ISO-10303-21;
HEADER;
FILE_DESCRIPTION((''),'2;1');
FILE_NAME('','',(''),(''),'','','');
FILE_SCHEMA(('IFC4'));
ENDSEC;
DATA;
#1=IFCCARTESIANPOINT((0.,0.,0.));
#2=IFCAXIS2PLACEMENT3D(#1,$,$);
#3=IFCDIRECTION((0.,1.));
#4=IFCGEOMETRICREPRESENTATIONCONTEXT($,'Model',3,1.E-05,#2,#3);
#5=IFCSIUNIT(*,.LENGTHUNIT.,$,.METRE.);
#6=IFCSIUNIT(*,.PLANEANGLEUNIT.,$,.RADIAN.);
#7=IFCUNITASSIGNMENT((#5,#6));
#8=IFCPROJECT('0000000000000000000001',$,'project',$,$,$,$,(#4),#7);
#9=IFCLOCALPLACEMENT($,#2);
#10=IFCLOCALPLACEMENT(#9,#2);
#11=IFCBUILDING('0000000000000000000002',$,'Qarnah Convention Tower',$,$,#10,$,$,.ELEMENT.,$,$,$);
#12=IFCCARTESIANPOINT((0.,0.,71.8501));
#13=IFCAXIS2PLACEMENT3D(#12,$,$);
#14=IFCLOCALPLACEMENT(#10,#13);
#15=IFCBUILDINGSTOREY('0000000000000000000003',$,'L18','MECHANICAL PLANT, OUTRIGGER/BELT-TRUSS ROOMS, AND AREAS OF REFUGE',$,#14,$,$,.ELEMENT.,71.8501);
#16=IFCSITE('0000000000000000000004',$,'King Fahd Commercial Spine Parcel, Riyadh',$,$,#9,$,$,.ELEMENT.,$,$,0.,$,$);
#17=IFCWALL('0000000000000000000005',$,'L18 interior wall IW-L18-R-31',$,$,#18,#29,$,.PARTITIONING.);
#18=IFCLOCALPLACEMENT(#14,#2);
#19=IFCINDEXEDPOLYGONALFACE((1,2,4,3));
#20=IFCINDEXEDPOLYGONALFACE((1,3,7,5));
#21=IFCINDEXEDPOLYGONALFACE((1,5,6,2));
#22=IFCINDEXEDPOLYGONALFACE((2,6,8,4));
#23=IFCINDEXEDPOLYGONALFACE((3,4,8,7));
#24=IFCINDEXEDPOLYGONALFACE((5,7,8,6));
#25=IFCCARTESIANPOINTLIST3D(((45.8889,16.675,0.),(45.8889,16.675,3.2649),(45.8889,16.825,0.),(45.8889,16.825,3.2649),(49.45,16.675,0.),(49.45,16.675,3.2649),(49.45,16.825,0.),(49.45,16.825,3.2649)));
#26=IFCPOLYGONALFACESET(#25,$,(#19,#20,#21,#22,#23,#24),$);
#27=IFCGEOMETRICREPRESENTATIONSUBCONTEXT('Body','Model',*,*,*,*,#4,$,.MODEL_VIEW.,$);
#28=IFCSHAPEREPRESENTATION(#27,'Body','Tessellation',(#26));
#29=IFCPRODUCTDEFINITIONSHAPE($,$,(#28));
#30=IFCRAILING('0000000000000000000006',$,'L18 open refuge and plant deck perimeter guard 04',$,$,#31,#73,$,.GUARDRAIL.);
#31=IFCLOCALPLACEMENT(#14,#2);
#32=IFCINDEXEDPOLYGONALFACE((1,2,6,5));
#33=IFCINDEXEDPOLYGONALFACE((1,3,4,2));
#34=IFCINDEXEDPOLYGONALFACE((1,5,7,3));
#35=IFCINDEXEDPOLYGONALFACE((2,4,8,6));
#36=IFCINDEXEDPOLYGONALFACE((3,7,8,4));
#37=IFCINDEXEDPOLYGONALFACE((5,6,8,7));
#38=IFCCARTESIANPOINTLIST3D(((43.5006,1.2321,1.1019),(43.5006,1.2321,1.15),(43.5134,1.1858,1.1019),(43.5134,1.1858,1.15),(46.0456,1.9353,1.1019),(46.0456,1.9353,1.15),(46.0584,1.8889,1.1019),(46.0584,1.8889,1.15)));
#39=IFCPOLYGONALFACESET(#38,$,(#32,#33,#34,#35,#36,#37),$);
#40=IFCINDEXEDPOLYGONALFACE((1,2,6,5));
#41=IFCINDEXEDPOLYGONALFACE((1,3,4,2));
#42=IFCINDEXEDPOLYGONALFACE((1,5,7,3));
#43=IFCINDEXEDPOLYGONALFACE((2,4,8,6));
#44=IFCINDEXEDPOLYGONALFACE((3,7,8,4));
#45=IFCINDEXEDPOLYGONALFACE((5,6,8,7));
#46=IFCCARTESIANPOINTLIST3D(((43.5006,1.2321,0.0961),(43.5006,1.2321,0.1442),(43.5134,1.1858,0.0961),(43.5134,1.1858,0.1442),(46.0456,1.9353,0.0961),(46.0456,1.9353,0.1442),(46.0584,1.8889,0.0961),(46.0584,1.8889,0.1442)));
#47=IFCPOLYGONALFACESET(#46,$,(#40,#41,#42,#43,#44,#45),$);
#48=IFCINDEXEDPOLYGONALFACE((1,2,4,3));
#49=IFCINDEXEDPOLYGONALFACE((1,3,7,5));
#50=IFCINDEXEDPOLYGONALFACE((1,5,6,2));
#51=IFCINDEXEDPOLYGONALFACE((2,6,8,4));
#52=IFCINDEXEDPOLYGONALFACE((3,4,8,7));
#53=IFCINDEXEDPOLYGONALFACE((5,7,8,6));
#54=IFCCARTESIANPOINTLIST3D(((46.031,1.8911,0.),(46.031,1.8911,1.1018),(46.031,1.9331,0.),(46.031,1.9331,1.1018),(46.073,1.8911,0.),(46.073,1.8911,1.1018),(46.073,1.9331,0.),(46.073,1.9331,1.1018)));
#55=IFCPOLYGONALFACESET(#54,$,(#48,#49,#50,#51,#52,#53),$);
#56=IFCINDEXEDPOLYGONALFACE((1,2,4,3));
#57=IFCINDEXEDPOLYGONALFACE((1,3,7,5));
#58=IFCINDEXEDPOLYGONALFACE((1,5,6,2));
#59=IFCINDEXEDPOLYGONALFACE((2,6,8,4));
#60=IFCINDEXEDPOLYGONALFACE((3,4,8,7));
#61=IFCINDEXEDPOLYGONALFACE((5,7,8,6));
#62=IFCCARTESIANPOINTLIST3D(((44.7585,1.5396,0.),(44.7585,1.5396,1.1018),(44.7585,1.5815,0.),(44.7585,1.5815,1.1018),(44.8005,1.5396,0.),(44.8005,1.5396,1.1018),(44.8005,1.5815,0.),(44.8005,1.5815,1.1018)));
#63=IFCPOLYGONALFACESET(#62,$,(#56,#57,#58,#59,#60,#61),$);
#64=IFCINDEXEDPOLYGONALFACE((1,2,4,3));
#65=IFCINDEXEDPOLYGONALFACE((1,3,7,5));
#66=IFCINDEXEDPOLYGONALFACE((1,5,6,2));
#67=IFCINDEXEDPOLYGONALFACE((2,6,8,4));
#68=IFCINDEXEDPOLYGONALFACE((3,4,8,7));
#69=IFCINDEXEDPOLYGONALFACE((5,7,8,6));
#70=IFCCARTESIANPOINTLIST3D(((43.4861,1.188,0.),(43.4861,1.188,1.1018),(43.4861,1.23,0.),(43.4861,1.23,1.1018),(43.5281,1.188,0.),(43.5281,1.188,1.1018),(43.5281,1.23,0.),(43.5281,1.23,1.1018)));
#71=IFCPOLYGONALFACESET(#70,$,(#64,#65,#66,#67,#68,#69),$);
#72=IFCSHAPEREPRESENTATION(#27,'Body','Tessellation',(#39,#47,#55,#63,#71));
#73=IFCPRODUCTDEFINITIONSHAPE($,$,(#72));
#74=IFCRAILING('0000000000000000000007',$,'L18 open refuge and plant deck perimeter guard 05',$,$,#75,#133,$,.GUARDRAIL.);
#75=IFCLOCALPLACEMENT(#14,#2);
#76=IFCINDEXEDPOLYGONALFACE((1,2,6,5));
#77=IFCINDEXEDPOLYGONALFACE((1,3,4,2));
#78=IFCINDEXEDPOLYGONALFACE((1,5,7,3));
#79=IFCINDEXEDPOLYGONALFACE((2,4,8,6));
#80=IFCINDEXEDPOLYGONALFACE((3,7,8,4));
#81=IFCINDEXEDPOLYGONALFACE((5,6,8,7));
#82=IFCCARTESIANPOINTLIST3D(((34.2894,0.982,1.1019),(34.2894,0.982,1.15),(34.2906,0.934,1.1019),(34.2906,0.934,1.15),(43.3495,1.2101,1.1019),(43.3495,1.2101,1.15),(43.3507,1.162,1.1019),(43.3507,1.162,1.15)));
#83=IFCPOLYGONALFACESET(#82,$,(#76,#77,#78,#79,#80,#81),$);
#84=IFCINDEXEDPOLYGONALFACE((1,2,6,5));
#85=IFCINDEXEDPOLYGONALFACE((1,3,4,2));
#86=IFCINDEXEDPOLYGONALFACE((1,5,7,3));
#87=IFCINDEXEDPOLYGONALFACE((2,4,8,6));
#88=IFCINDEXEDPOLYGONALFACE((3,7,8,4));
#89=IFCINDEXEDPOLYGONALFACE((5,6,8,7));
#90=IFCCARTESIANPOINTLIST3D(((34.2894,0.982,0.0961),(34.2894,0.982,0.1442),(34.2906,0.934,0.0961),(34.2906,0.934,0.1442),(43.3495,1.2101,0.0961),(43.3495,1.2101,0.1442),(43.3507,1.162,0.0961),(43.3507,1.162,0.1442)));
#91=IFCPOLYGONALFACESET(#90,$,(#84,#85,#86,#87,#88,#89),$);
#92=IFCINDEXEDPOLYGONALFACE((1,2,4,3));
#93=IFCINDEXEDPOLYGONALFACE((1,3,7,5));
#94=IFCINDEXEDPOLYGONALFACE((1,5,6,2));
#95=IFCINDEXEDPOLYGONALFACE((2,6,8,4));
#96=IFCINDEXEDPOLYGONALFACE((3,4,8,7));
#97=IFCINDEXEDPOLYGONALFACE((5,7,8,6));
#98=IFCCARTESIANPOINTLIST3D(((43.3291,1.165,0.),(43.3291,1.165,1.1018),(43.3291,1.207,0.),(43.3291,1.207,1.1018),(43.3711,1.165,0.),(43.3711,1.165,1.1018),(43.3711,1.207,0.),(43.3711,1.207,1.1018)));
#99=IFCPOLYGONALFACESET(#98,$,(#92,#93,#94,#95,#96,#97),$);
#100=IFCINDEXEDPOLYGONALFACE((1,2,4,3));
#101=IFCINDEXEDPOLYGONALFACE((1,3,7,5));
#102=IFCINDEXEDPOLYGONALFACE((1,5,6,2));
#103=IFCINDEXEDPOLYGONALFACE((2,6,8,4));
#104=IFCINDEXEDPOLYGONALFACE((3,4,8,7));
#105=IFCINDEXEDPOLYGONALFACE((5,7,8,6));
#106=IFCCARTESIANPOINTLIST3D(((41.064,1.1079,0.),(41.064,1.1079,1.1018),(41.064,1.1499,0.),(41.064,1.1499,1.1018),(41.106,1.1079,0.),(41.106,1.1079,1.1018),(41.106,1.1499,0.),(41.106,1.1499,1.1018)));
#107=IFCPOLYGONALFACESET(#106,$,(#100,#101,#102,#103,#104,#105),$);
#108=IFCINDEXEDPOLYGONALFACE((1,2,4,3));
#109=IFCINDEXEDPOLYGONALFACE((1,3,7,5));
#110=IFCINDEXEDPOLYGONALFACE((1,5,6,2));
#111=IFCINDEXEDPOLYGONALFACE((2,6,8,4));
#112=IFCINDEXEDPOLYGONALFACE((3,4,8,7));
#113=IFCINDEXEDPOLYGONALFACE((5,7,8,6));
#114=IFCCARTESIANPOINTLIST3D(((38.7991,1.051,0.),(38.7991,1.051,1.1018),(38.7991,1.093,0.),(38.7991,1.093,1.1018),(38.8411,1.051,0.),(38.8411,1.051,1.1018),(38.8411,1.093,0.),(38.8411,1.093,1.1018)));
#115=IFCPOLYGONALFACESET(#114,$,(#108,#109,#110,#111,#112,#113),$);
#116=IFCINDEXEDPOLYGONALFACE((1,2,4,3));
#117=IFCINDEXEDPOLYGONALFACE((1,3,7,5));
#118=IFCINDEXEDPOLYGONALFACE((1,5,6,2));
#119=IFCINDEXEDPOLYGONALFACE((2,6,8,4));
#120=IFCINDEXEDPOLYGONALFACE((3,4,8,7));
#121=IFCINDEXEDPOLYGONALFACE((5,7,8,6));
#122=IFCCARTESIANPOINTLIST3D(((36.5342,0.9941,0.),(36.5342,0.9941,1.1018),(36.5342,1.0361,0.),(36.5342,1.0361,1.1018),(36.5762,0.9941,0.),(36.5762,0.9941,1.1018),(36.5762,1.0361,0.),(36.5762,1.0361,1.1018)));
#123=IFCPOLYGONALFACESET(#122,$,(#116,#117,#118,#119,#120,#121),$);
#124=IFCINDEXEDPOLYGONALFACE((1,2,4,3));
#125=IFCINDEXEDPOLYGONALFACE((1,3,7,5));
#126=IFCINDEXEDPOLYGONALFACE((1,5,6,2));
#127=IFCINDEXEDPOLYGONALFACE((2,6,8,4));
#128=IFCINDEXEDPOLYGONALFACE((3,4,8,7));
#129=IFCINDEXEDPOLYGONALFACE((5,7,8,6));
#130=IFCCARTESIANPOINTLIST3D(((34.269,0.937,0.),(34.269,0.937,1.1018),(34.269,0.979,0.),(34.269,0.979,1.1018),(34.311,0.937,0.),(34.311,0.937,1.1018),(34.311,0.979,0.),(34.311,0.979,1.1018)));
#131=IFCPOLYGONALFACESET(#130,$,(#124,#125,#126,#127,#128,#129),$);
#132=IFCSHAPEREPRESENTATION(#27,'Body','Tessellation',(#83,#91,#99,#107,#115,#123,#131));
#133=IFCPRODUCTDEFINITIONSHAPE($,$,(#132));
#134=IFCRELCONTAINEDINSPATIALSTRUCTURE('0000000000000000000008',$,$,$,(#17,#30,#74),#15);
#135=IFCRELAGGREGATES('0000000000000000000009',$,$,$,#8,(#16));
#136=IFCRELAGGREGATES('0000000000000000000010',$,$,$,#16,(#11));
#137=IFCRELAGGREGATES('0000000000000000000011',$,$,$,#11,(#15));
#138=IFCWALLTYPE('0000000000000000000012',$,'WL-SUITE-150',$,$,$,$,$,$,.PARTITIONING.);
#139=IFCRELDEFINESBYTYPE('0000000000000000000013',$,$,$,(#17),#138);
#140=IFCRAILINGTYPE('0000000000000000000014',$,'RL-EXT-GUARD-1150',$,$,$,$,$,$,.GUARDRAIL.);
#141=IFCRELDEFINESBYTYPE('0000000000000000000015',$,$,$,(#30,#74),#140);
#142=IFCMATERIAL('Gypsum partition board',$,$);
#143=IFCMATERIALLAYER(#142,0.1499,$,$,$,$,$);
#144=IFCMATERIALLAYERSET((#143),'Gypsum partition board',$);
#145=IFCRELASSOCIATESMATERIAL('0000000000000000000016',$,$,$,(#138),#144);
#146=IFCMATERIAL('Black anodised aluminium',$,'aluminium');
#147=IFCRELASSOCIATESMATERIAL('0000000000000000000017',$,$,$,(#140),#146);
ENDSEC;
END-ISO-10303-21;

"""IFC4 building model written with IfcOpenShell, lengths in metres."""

from ifc_helpers import new_model, si_unit, direction, frame, frame_2d, origin, origin_2d, place, context, subcontext, project, spatial, rectangle, extrude, material, layer, layer_set, type_object, element, save


model = new_model("IFC4")

# Units and contexts
model_context = context("Model", 3, precision=1e-05, world=origin(), true_north=direction((0.0, 1.0)))
body_context = subcontext(model_context, "Body", "Model", "MODEL_VIEW")
ifc_project = project(units=[si_unit("LENGTHUNIT", "METRE"), si_unit("PLANEANGLEUNIT", "RADIAN")], contexts=[model_context])

# Site, building, storey
site_placement = place(None, origin())
site = spatial("IfcSite", under=ifc_project, at=site_placement, Name="King Fahd Commercial Spine Parcel, Riyadh", CompositionType="ELEMENT", RefElevation=0.0)
building_placement = place(site_placement, origin())
building = spatial("IfcBuilding", under=site, at=building_placement, Name="Qarnah Convention Tower", CompositionType="ELEMENT")
storey_placement = place(building_placement, frame((0.0, 0.0, 71.8501)))
storey = spatial("IfcBuildingStorey", under=building, at=storey_placement, Name="L18", Description="MECHANICAL PLANT, OUTRIGGER/BELT-TRUSS ROOMS, AND AREAS OF REFUGE", CompositionType="ELEMENT", Elevation=71.8501)

# Shared definitions
ifc_material_1 = material(Name="Black anodised aluminium", Category="aluminium")

# Shared definitions
ifc_material_2 = material(Name="Gypsum partition board")
ifc_layer_1 = layer(ifc_material_2, 0.1499)
ifc_layer_set_1 = layer_set([ifc_layer_1], Name="Gypsum partition board")
wall_type_1 = type_object("IfcWallType", Name="WL-SUITE-150", PredefinedType="PARTITIONING", material=ifc_layer_set_1)

# Wall
wall_1_placement = place(storey_placement, frame((49.45, 16.75, 0.0), z_axis=(0.0, 0.0, 1.0), x_axis=(-1.0, 0.0, 0.0)))
element("IfcWall", 1, at=wall_1_placement, inside=storey, type_object=wall_type_1, Name="L18 interior wall IW-L18-R-31", PredefinedType="PARTITIONING", context=body_context, shape_type="SweptSolid", body=[
    extrude(rectangle(XDim=3.561, YDim=0.1499, at=frame_2d((1.7805, 0.0))), origin(), (0.0, 0.0, 1.0), 3.2649),
])

# Railings
railing_type = type_object("IfcRailingType", Name="RL-EXT-GUARD-1150", PredefinedType="GUARDRAIL", material=ifc_material_1)
railing_1_placement = place(storey_placement, frame((46.052, 1.9121, 0.0)))
element("IfcRailing", 2, at=railing_1_placement, inside=storey, type_object=railing_type, Name="L18 open refuge and plant deck perimeter guard 04", PredefinedType="GUARDRAIL", context=body_context, shape_type="SweptSolid", body=[
    extrude(rectangle(XDim=0.0481, YDim=0.0481, at=origin_2d()), frame((0.0, 0.0, 1.126), z_axis=(-0.963888, -0.266308, 0.0), x_axis=(0.266308, -0.963888, 0.0)), (0.0, 0.0, 1.0), 2.6404),
    extrude(rectangle(XDim=0.0481, YDim=0.0481, at=origin_2d()), frame((0.0, 0.0, 0.1201), z_axis=(-0.963888, -0.266308, 0.0), x_axis=(0.266308, -0.963888, 0.0)), (0.0, 0.0, 1.0), 2.6404),
    extrude(rectangle(XDim=0.042, YDim=0.042, at=origin_2d()), origin(), (0.0, 0.0, 1.0), 1.1018),
    extrude(rectangle(XDim=0.042, YDim=0.042, at=origin_2d()), frame((-1.2725, -0.3516, 0.0)), (0.0, 0.0, 1.0), 1.1018),
    extrude(rectangle(XDim=0.042, YDim=0.042, at=origin_2d()), frame((-2.5449, -0.7031, 0.0)), (0.0, 0.0, 1.0), 1.1018),
])
railing_2_placement = place(storey_placement, frame((43.3501, 1.186, 0.0)))
element("IfcRailing", 3, at=railing_2_placement, inside=storey, type_object=railing_type, Name="L18 open refuge and plant deck perimeter guard 05", PredefinedType="GUARDRAIL", context=body_context, shape_type="SweptSolid", body=[
    extrude(rectangle(XDim=0.0481, YDim=0.0481, at=origin_2d()), frame((0.0, 0.0, 1.126), z_axis=(-0.999683, -0.02516, 0.0), x_axis=(0.02516, -0.999683, 0.0)), (0.0, 0.0, 1.0), 9.063),
    extrude(rectangle(XDim=0.0481, YDim=0.0481, at=origin_2d()), frame((0.0, 0.0, 0.1201), z_axis=(-0.999683, -0.02516, 0.0), x_axis=(0.02516, -0.999683, 0.0)), (0.0, 0.0, 1.0), 9.063),
    extrude(rectangle(XDim=0.042, YDim=0.042, at=origin_2d()), origin(), (0.0, 0.0, 1.0), 1.1018),
    extrude(rectangle(XDim=0.042, YDim=0.042, at=origin_2d()), frame((-2.2651, -0.0571, 0.0)), (0.0, 0.0, 1.0), 1.1018),
    extrude(rectangle(XDim=0.042, YDim=0.042, at=origin_2d()), frame((-4.53, -0.114, 0.0)), (0.0, 0.0, 1.0), 1.1018),
    extrude(rectangle(XDim=0.042, YDim=0.042, at=origin_2d()), frame((-6.7949, -0.1709, 0.0)), (0.0, 0.0, 1.0), 1.1018),
    extrude(rectangle(XDim=0.042, YDim=0.042, at=origin_2d()), frame((-9.0601, -0.228, 0.0)), (0.0, 0.0, 1.0), 1.1018),
])

save(model, "model.ifc")
